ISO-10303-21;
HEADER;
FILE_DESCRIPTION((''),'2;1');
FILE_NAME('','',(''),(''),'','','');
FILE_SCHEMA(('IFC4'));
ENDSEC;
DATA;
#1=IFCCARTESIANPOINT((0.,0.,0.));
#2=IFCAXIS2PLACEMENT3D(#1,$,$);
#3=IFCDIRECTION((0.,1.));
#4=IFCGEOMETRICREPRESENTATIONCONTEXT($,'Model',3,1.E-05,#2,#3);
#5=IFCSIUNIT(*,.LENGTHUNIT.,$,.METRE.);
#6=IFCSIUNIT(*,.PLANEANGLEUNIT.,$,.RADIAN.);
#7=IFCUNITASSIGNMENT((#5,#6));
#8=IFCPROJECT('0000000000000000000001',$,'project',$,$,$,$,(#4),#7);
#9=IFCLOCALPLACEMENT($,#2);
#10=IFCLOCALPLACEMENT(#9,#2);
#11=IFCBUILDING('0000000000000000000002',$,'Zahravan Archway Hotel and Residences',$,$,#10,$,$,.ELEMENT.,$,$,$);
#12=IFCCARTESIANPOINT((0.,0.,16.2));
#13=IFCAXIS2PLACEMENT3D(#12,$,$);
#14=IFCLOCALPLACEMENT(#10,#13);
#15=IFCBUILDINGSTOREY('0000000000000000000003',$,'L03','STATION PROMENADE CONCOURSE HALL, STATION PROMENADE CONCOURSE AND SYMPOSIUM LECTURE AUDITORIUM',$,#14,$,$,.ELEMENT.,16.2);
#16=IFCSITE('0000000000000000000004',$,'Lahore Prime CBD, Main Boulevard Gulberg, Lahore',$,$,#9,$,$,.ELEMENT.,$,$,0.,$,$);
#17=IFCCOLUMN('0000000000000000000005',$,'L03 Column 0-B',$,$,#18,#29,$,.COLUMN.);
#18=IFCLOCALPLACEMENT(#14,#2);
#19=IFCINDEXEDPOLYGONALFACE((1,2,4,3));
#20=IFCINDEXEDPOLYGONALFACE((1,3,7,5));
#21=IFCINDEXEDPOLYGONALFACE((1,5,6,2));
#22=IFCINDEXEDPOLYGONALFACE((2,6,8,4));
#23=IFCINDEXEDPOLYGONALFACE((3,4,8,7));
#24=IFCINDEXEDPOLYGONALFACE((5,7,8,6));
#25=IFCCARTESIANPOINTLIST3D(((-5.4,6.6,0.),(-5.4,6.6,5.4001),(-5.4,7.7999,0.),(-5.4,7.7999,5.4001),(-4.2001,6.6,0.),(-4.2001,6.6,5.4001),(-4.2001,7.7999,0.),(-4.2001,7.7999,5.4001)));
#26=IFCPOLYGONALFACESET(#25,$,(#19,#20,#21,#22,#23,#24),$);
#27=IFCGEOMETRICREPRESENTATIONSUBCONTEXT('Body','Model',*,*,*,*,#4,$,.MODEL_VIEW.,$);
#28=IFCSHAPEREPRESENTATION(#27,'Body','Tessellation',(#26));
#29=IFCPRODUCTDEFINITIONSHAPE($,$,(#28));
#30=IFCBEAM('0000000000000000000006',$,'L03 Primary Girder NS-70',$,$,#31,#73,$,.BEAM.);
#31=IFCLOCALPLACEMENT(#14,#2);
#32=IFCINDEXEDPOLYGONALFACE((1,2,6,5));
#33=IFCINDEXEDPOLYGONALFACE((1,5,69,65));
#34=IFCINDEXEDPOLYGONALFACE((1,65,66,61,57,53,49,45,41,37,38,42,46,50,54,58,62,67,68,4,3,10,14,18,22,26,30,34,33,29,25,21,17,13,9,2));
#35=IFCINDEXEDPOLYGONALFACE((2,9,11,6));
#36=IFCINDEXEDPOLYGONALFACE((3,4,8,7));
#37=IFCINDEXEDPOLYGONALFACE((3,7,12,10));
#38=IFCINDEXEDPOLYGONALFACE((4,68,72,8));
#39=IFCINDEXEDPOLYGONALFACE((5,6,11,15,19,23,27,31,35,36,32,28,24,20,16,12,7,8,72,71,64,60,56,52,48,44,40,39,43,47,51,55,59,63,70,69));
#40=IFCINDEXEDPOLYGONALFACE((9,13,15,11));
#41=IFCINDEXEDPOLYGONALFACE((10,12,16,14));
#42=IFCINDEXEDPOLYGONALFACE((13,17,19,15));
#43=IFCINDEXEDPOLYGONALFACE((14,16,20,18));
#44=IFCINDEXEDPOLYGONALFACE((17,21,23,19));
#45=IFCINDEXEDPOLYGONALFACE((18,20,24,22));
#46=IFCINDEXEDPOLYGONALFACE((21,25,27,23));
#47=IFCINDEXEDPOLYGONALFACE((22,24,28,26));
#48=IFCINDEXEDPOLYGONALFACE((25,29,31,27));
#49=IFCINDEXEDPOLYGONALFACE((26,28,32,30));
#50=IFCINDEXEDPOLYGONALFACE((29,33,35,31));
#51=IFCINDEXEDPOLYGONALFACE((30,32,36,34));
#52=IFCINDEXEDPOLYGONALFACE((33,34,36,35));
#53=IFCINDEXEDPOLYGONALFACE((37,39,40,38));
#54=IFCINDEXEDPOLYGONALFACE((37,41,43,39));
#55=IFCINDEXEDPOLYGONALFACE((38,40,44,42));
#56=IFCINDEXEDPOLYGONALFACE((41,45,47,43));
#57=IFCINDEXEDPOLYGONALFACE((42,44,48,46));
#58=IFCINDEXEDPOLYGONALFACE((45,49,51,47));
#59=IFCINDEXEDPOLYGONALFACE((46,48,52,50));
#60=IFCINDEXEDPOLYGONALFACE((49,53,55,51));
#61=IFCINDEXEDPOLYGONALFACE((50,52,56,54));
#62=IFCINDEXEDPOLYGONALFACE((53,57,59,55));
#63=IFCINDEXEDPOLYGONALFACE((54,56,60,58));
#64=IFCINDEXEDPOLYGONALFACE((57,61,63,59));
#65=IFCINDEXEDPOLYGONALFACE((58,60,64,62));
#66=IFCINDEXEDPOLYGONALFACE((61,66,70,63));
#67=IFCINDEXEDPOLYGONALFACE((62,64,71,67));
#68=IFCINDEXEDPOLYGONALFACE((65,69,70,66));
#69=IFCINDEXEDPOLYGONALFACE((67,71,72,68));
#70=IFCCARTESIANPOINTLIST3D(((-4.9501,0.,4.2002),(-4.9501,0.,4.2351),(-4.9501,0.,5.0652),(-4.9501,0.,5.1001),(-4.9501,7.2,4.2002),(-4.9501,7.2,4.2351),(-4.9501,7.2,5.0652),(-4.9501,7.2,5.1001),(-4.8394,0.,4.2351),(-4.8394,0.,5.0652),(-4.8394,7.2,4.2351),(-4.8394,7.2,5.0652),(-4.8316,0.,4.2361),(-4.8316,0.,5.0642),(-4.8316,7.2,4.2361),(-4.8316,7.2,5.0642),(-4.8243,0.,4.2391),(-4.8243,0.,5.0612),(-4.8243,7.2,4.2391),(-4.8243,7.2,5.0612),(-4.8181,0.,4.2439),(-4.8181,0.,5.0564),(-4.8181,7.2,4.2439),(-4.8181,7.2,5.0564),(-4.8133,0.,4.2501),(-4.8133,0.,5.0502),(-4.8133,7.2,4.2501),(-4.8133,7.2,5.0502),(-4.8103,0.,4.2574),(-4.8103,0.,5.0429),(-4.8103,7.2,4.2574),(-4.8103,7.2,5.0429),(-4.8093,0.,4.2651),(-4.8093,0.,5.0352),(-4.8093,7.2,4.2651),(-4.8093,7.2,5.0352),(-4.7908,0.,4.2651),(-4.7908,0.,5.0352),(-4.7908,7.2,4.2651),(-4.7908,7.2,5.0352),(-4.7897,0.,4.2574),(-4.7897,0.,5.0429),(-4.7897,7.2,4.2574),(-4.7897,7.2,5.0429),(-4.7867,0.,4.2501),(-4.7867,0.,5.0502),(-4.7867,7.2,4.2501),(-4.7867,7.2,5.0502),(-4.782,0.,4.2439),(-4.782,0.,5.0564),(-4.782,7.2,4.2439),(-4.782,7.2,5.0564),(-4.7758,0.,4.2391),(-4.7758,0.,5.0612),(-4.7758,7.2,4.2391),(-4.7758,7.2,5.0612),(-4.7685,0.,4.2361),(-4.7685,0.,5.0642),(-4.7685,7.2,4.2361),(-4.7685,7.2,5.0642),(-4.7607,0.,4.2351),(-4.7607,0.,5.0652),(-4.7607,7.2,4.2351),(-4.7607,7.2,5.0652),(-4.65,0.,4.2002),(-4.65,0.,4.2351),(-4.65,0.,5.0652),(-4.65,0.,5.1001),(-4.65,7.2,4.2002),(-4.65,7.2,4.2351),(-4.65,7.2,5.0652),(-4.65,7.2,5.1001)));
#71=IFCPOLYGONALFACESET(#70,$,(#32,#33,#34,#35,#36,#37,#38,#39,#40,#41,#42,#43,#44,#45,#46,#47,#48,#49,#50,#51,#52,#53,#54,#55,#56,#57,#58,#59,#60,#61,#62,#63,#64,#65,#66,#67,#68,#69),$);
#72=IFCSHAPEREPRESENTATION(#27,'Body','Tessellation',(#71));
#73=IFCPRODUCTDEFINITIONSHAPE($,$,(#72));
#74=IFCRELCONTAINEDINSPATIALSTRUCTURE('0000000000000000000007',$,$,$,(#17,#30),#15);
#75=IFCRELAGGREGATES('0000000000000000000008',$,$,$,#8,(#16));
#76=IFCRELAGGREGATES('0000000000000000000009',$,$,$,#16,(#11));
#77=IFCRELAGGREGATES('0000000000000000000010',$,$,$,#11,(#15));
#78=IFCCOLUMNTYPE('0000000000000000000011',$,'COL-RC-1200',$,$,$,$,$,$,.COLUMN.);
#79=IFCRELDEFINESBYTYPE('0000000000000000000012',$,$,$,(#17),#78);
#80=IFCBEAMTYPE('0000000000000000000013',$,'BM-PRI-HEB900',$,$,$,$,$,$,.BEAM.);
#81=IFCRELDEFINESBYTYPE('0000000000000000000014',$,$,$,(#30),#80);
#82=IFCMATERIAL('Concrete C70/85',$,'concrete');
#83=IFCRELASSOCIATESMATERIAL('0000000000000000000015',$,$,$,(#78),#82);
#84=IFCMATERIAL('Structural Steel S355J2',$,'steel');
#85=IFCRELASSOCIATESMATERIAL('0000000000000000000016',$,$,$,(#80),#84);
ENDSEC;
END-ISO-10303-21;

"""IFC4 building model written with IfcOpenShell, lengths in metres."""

from ifc_helpers import new_model, si_unit, direction, frame, origin, origin_2d, place, context, subcontext, project, spatial, rectangle, i_section, extrude, source, transform, mapped, material, material_profile, profile_set, type_object, element, save


model = new_model("IFC4")

# Units and contexts
model_context = context("Model", 3, precision=1e-05, world=origin(), true_north=direction((0.0, 1.0)))
body_context = subcontext(model_context, "Body", "Model", "MODEL_VIEW")
ifc_project = project(units=[si_unit("LENGTHUNIT", "METRE"), si_unit("PLANEANGLEUNIT", "RADIAN")], contexts=[model_context])

# Site, building, storey
site_placement = place(None, origin())
site = spatial("IfcSite", under=ifc_project, at=site_placement, Name="Lahore Prime CBD, Main Boulevard Gulberg, Lahore", CompositionType="ELEMENT", RefElevation=0.0)
building_placement = place(site_placement, origin())
building = spatial("IfcBuilding", under=site, at=building_placement, Name="Zahravan Archway Hotel and Residences", CompositionType="ELEMENT")
storey_placement = place(building_placement, frame((0.0, 0.0, 16.2)))
storey = spatial("IfcBuildingStorey", under=building, at=storey_placement, Name="L03", Description="STATION PROMENADE CONCOURSE HALL, STATION PROMENADE CONCOURSE AND SYMPOSIUM LECTURE AUDITORIUM", CompositionType="ELEMENT", Elevation=16.2)

# Column
ifc_material_1 = material(Name="Concrete C70/85", Category="concrete")
ifc_material_profile_1 = material_profile(ifc_material_1, rectangle(XDim=1.2, YDim=1.2, at=origin_2d()), Name="RC-COL-1200x1200", Category="concrete")
ifc_profile_set_1 = profile_set([ifc_material_profile_1], Name="Concrete C70/85")
column_type = type_object("IfcColumnType", Name="COL-RC-1200", PredefinedType="COLUMN", material=ifc_profile_set_1)
shared_shape_1 = source(origin(), body_context, "Body", "SweptSolid", [
    extrude(rectangle(XDim=1.2, YDim=1.2, at=origin_2d()), origin(), (0.0, 0.0, 1.0), 5.4001),
])
column_placement = place(storey_placement, frame((-4.8, 7.2, 0.0), z_axis=(0.0, 0.0, 1.0), x_axis=(1.0, 0.0, 0.0)))
element("IfcColumn", 1, at=column_placement, inside=storey, type_object=column_type, Name="L03 Column 0-B", PredefinedType="COLUMN", context=body_context, shape_type="MappedRepresentation", body=[
    mapped(shared_shape_1, transform((0.0, 0.0, 0.0), scale=1.0)),
])

# Beam
ifc_material_2 = material(Name="Structural Steel S355J2", Category="steel")
ifc_material_profile_2 = material_profile(ifc_material_2, i_section(OverallWidth=0.3, OverallDepth=0.8999, WebThickness=0.0186, FlangeThickness=0.0349, FilletRadius=0.03, at=origin_2d()), Name="HEB 900", Category="steel")
ifc_profile_set_2 = profile_set([ifc_material_profile_2], Name="Structural Steel S355J2")
beam_type = type_object("IfcBeamType", Name="BM-PRI-HEB900", PredefinedType="BEAM", material=ifc_profile_set_2)
shared_shape_2 = source(origin(), body_context, "Body", "SweptSolid", [
    extrude(i_section(OverallWidth=0.3, OverallDepth=0.8999, WebThickness=0.0186, FlangeThickness=0.0349, FilletRadius=0.03, at=origin_2d()), origin(), (0.0, 0.0, 1.0), 7.2),
])
beam_placement = place(storey_placement, frame((-4.8, 0.0, 4.6501), z_axis=(0.0, 1.0, 0.0), x_axis=(-1.0, 0.0, 0.0)))
element("IfcBeam", 2, at=beam_placement, inside=storey, type_object=beam_type, Name="L03 Primary Girder NS-70", PredefinedType="BEAM", context=body_context, shape_type="MappedRepresentation", body=[
    mapped(shared_shape_2, transform((0.0, 0.0, 0.0), scale=1.0)),
])

save(model, "model.ifc")
